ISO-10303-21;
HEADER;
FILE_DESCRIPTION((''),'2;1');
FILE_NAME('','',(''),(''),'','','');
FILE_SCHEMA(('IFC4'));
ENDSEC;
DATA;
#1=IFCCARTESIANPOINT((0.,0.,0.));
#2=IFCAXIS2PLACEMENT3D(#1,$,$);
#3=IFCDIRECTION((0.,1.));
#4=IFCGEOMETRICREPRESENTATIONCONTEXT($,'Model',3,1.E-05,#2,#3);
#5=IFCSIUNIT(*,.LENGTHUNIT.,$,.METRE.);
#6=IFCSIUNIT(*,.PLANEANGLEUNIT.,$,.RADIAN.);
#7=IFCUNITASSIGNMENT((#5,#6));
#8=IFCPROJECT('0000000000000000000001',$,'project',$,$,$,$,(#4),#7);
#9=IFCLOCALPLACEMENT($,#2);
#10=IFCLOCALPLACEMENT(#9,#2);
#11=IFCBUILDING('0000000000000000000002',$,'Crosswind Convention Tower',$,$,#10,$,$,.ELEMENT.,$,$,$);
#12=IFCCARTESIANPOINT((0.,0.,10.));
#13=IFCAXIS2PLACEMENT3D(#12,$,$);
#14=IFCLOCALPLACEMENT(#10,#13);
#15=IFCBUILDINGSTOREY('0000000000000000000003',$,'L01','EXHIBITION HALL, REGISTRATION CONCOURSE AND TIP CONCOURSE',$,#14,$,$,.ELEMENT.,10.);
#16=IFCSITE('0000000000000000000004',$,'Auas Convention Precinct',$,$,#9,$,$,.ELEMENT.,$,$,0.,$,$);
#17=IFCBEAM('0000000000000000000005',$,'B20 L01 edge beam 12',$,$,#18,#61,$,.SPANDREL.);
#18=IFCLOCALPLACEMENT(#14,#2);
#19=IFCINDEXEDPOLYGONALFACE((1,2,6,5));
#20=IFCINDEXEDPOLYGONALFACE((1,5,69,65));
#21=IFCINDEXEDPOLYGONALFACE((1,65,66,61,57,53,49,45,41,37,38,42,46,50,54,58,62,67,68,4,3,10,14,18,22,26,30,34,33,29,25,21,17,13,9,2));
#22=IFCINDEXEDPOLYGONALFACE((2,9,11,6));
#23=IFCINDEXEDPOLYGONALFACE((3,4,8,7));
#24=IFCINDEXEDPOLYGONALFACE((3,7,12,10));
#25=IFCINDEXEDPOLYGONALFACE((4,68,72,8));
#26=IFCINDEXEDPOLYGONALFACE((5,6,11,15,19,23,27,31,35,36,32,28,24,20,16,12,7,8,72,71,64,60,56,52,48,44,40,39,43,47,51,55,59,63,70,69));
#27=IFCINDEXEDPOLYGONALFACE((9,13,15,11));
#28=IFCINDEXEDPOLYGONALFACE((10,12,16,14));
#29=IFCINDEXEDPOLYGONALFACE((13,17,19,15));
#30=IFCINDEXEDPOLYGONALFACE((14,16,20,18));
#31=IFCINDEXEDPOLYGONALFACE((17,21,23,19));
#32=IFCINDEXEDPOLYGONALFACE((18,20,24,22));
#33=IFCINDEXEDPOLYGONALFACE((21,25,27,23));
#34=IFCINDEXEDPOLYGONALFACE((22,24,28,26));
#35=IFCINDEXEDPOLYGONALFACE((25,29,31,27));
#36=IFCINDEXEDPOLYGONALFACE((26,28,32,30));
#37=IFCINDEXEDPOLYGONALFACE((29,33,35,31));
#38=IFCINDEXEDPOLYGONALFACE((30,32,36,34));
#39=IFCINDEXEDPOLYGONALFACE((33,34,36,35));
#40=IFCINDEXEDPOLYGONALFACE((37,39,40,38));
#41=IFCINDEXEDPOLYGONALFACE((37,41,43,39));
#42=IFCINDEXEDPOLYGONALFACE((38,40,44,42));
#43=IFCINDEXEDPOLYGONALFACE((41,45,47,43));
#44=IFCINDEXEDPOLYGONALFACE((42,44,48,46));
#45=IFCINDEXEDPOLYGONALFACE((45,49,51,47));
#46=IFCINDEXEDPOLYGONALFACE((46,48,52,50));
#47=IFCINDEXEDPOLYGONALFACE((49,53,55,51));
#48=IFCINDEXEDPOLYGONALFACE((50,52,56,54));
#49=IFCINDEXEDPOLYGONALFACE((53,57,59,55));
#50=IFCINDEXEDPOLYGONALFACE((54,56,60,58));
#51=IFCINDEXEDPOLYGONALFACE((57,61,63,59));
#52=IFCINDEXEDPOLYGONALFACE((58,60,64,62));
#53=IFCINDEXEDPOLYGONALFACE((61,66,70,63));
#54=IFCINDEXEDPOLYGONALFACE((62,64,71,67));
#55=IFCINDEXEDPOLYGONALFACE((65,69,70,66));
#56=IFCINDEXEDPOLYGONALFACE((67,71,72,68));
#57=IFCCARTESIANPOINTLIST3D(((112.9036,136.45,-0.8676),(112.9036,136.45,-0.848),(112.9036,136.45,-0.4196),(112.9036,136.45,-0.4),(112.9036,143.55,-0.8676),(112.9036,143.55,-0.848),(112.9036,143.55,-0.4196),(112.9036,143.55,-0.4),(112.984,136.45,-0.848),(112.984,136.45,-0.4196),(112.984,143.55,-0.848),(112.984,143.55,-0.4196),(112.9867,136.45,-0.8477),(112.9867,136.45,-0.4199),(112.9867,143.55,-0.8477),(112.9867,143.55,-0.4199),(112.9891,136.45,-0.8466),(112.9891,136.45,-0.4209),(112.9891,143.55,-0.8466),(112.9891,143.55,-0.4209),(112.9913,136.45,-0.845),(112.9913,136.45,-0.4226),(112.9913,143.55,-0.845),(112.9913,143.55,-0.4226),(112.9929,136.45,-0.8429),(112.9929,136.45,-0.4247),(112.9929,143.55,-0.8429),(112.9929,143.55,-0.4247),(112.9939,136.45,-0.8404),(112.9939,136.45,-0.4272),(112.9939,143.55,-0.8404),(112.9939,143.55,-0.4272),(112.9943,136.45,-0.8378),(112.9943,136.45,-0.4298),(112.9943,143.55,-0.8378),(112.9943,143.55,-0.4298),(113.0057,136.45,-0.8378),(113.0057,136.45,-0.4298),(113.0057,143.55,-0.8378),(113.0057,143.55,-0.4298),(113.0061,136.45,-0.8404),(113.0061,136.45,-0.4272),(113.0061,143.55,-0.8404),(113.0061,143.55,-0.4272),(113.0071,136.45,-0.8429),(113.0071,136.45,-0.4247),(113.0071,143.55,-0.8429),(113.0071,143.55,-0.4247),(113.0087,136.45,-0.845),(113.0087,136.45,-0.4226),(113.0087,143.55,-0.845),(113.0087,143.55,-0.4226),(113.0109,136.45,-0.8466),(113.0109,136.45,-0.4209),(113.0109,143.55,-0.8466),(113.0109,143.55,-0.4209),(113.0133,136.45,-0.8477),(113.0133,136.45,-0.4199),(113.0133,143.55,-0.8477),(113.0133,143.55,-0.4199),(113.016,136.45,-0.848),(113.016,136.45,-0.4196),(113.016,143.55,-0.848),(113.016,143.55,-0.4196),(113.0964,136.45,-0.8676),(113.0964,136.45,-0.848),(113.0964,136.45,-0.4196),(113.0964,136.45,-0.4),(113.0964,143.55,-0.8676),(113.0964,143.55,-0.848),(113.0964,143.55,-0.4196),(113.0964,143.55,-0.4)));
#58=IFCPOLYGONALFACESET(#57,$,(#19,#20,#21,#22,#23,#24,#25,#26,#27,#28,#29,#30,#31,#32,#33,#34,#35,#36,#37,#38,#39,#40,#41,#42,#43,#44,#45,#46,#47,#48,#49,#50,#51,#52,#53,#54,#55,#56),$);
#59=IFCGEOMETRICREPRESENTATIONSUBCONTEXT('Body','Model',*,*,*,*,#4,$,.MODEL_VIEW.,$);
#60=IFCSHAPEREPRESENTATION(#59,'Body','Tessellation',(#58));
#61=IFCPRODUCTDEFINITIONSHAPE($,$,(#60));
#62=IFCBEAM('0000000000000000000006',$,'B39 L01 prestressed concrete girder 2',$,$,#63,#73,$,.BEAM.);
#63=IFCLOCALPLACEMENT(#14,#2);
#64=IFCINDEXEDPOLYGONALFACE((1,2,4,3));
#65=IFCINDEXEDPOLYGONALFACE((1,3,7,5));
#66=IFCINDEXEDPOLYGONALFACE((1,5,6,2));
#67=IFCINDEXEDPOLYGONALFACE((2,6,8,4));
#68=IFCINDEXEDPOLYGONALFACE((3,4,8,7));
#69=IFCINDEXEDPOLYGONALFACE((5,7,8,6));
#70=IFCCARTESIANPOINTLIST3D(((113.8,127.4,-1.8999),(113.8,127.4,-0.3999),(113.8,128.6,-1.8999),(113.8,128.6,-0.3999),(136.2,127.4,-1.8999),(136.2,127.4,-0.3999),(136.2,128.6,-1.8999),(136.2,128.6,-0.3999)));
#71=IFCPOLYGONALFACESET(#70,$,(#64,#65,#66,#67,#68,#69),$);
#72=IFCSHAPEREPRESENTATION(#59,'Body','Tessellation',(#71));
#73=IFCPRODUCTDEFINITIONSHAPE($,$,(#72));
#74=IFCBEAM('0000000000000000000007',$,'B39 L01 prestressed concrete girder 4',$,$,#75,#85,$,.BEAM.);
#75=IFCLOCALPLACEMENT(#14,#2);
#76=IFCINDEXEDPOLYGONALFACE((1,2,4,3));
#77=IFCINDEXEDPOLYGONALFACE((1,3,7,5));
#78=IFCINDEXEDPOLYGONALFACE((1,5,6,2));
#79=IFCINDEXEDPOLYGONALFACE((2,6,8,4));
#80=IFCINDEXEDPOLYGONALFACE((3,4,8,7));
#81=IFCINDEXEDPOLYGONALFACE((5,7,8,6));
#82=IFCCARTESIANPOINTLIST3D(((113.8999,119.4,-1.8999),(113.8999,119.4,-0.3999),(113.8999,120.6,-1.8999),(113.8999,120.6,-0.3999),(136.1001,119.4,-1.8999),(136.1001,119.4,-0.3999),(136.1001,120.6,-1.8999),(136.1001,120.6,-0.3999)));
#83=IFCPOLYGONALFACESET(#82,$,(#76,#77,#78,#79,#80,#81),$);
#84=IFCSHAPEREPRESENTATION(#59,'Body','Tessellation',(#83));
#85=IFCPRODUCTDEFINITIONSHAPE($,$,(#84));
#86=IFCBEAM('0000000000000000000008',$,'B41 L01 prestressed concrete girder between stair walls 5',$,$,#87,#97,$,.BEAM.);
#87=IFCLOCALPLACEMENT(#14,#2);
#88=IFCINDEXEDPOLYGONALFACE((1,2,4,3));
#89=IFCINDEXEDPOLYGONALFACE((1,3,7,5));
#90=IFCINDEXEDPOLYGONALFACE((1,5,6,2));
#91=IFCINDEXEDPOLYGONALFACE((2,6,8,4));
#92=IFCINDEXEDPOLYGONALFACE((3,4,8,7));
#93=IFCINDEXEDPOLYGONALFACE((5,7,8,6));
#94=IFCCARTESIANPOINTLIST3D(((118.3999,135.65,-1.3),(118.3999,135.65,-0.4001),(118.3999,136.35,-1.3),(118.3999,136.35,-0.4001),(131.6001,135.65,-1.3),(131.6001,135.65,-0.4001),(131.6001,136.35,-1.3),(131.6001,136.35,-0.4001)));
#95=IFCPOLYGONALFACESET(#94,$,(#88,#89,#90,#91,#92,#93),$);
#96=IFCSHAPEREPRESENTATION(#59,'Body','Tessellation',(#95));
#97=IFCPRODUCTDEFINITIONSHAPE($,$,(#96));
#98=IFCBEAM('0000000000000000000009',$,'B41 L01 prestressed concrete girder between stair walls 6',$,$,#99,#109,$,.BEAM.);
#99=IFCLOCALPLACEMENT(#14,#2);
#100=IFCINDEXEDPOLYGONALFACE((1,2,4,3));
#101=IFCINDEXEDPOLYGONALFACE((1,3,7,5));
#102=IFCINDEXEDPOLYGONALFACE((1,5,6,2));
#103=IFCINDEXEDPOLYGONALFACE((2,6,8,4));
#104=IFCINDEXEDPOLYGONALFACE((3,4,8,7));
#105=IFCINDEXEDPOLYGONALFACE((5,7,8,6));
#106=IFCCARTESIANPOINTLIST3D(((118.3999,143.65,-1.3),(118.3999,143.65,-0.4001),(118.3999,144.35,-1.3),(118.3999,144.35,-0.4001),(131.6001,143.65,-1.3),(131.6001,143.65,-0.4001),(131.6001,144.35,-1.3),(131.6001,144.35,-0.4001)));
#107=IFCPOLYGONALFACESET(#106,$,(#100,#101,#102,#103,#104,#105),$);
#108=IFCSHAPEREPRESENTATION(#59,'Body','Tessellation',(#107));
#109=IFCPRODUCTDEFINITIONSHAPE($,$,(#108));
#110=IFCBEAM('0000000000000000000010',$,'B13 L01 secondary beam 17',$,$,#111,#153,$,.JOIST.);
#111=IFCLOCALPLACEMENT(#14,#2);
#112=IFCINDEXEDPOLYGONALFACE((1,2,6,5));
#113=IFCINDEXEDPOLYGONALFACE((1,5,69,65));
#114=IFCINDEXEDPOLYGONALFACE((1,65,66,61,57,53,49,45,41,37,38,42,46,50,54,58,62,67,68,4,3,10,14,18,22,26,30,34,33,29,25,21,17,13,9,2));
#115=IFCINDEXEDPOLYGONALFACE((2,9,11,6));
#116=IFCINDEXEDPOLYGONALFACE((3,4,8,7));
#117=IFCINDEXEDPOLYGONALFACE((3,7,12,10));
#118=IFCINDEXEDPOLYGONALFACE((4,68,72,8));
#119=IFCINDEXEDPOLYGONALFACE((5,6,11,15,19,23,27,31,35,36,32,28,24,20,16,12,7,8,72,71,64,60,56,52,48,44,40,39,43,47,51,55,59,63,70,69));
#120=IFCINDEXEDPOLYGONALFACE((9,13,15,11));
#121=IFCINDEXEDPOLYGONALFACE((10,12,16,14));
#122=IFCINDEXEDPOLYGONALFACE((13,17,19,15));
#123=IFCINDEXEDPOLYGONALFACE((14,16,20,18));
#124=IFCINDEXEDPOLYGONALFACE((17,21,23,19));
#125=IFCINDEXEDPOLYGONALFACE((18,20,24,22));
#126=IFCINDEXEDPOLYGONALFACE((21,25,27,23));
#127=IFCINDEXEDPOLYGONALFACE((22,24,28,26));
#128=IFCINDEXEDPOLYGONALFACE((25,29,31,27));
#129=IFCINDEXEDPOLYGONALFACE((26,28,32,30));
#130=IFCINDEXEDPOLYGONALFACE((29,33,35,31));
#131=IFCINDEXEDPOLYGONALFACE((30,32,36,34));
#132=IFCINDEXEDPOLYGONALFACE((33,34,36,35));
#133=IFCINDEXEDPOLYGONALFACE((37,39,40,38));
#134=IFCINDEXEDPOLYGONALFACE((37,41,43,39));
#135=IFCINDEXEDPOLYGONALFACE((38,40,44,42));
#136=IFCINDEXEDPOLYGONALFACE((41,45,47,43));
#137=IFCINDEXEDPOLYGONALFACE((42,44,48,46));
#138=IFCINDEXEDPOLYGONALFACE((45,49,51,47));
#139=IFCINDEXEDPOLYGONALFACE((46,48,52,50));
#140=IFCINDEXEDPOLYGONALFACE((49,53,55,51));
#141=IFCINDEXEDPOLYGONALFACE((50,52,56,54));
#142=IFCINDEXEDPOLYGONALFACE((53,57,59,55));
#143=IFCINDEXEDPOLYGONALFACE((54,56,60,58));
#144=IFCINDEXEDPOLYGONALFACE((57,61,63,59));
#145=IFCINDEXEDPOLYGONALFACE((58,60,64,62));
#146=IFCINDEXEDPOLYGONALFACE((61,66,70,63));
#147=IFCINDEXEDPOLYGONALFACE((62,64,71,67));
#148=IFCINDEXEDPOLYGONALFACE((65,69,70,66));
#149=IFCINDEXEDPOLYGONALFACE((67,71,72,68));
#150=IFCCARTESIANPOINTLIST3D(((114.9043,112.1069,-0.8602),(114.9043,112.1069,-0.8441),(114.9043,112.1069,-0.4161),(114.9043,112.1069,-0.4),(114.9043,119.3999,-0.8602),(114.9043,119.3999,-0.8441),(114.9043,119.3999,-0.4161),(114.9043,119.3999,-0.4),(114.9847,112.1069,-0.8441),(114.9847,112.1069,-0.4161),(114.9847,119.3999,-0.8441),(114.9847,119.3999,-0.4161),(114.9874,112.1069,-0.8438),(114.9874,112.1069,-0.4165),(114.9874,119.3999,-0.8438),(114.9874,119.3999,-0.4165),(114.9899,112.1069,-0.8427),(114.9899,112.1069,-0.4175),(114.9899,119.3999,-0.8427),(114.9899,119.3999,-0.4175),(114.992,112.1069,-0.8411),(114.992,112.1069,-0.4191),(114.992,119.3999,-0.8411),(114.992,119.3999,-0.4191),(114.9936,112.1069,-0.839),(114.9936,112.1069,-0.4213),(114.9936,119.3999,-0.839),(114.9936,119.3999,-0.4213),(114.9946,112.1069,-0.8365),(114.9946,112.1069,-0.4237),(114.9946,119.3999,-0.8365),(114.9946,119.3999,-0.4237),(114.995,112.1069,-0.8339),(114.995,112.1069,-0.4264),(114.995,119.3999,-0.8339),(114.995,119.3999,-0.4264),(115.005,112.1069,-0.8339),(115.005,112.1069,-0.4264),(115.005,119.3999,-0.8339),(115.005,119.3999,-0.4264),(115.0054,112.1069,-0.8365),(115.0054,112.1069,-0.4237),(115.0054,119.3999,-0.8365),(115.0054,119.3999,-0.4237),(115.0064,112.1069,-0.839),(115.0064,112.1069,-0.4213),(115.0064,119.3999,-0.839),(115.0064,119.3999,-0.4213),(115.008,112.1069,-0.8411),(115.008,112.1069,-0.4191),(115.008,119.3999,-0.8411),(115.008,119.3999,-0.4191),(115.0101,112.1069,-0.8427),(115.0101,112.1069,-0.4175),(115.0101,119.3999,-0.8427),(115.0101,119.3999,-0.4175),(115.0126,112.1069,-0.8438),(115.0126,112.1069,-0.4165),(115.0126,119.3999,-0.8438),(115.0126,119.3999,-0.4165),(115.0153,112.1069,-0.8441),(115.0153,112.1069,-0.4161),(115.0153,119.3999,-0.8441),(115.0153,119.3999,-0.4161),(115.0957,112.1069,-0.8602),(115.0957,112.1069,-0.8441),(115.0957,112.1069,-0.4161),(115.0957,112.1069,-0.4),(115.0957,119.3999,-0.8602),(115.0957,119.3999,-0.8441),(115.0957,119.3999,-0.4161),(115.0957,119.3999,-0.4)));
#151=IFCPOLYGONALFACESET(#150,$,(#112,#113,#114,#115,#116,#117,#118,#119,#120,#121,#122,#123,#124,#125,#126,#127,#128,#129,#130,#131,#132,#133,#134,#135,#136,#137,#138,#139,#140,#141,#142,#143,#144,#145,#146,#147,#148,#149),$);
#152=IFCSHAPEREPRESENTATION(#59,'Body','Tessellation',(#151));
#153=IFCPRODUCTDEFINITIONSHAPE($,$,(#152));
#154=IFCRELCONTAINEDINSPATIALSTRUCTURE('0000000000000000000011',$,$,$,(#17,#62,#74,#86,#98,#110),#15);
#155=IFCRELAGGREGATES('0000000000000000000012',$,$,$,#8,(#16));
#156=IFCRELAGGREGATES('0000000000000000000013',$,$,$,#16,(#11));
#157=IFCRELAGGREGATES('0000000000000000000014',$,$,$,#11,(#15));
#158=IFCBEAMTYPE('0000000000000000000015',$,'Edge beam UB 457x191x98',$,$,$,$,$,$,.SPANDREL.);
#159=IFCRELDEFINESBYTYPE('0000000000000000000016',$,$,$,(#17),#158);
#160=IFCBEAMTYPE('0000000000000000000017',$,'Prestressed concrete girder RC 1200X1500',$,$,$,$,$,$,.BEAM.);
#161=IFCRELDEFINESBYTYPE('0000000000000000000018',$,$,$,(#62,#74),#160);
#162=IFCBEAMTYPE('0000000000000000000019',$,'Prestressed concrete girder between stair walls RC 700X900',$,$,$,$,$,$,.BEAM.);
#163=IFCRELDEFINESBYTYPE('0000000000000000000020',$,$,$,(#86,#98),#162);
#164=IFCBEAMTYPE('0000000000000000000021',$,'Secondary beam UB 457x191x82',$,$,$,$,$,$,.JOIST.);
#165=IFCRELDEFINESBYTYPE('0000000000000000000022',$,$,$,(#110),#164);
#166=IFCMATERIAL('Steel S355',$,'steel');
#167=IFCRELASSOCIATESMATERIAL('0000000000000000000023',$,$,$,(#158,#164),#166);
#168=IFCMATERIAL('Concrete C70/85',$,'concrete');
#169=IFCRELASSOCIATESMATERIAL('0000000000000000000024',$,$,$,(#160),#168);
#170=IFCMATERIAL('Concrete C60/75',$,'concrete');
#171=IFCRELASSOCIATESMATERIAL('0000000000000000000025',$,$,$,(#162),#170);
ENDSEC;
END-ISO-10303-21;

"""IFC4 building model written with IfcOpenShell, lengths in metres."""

from ifc_helpers import new_model, si_unit, direction, frame, origin, origin_2d, place, context, subcontext, project, spatial, rectangle, i_section, extrude, material, material_profile, profile_set, type_object, element, save


model = new_model("IFC4")

# Units and contexts
model_context = context("Model", 3, precision=1e-05, world=origin(), true_north=direction((0.0, 1.0)))
body_context = subcontext(model_context, "Body", "Model", "MODEL_VIEW")
ifc_project = project(units=[si_unit("LENGTHUNIT", "METRE"), si_unit("PLANEANGLEUNIT", "RADIAN")], contexts=[model_context])

# Site, building, storey
site_placement = place(None, origin())
site = spatial("IfcSite", under=ifc_project, at=site_placement, Name="Auas Convention Precinct", CompositionType="ELEMENT", RefElevation=0.0)
building_placement = place(site_placement, origin())
building = spatial("IfcBuilding", under=site, at=building_placement, Name="Crosswind Convention Tower", CompositionType="ELEMENT")
storey_placement = place(building_placement, frame((0.0, 0.0, 10.0)))
storey = spatial("IfcBuildingStorey", under=building, at=storey_placement, Name="L01", Description="EXHIBITION HALL, REGISTRATION CONCOURSE AND TIP CONCOURSE", CompositionType="ELEMENT", Elevation=10.0)

# Shared definitions
ifc_material_1 = material(Name="Concrete C70/85", Category="concrete")
ifc_material_2 = material(Name="Concrete C60/75", Category="concrete")

# Beams
ifc_material_3 = material(Name="Steel S355", Category="steel")
ifc_material_profile_1 = material_profile(ifc_material_3, i_section(OverallWidth=0.1929, OverallDepth=0.4675, WebThickness=0.0115, FlangeThickness=0.0195, FilletRadius=0.0103, at=origin_2d()), Name="UB 457x191x98")
ifc_profile_set_1 = profile_set([ifc_material_profile_1], Name="Steel S355")
beam_type_1 = type_object("IfcBeamType", Name="Edge beam UB 457x191x98", PredefinedType="SPANDREL", material=ifc_profile_set_1)
beam_1_placement = place(storey_placement, frame((113.0, 136.45, -0.6338), z_axis=(0.0, 1.0, 0.0), x_axis=(-1.0, 0.0, 0.0)))
element("IfcBeam", 1, at=beam_1_placement, inside=storey, type_object=beam_type_1, Name="B20 L01 edge beam 12", PredefinedType="SPANDREL", context=body_context, shape_type="SweptSolid", body=[
    extrude(i_section(OverallWidth=0.1929, OverallDepth=0.4675, WebThickness=0.0115, FlangeThickness=0.0195, FilletRadius=0.0103, at=origin_2d()), origin(), (0.0, 0.0, 1.0), 7.1001),
])
ifc_material_profile_2 = material_profile(ifc_material_1, rectangle(XDim=1.2, YDim=1.5, at=origin_2d()), Name="RC 1200X1500")
ifc_profile_set_2 = profile_set([ifc_material_profile_2], Name="Concrete C70/85")
beam_type_2 = type_object("IfcBeamType", Name="Prestressed concrete girder RC 1200X1500", PredefinedType="BEAM", material=ifc_profile_set_2)
beam_2_placement = place(storey_placement, frame((113.8, 128.0, -1.1499), z_axis=(1.0, 0.0, 0.0), x_axis=(0.0, 1.0, 0.0)))
element("IfcBeam", 2, at=beam_2_placement, inside=storey, type_object=beam_type_2, Name="B39 L01 prestressed concrete girder 2", PredefinedType="BEAM", context=body_context, shape_type="SweptSolid", body=[
    extrude(rectangle(XDim=1.2, YDim=1.5, at=origin_2d()), origin(), (0.0, 0.0, 1.0), 22.3999),
])
beam_3_placement = place(storey_placement, frame((113.8999, 120.0, -1.1499), z_axis=(1.0, 0.0, 0.0), x_axis=(0.0, 1.0, 0.0)))
element("IfcBeam", 3, at=beam_3_placement, inside=storey, type_object=beam_type_2, Name="B39 L01 prestressed concrete girder 4", PredefinedType="BEAM", context=body_context, shape_type="SweptSolid", body=[
    extrude(rectangle(XDim=1.2, YDim=1.5, at=origin_2d()), origin(), (0.0, 0.0, 1.0), 22.2002),
])
ifc_material_profile_3 = material_profile(ifc_material_2, rectangle(XDim=0.7, YDim=0.8999, at=origin_2d()), Name="RC 700X900")
ifc_profile_set_3 = profile_set([ifc_material_profile_3], Name="Concrete C60/75")
beam_type_3 = type_object("IfcBeamType", Name="Prestressed concrete girder between stair walls RC 700X900", PredefinedType="BEAM", material=ifc_profile_set_3)
for number, where, z_axis, x_axis, name in (
    (4, (118.3999, 136.0, -0.8501), (1.0, 0.0, 0.0), (0.0, 1.0, 0.0), "B41 L01 prestressed concrete girder between stair walls 5"),
    (5, (118.3999, 144.0, -0.8501), (1.0, 0.0, 0.0), (0.0, 1.0, 0.0), "B41 L01 prestressed concrete girder between stair walls 6"),
):
    element("IfcBeam", number, at=place(storey_placement, frame(where, z_axis=z_axis, x_axis=x_axis)), inside=storey, type_object=beam_type_3, Name=name, PredefinedType="BEAM", context=body_context, shape_type="SweptSolid", body=[
        extrude(rectangle(XDim=0.7, YDim=0.8999, at=origin_2d()), origin(), (0.0, 0.0, 1.0), 13.2002),
    ])
ifc_material_profile_4 = material_profile(ifc_material_3, i_section(OverallWidth=0.1914, OverallDepth=0.4602, WebThickness=0.01, FlangeThickness=0.0161, FilletRadius=0.0103, at=origin_2d()), Name="UB 457x191x82")
ifc_profile_set_4 = profile_set([ifc_material_profile_4], Name="Steel S355")
beam_type_4 = type_object("IfcBeamType", Name="Secondary beam UB 457x191x82", PredefinedType="JOIST", material=ifc_profile_set_4)
beam_4_placement = place(storey_placement, frame((115.0, 112.1069, -0.6301), z_axis=(0.0, 1.0, 0.0), x_axis=(-1.0, 0.0, 0.0)))
element("IfcBeam", 6, at=beam_4_placement, inside=storey, type_object=beam_type_4, Name="B13 L01 secondary beam 17", PredefinedType="JOIST", context=body_context, shape_type="SweptSolid", body=[
    extrude(i_section(OverallWidth=0.1914, OverallDepth=0.4602, WebThickness=0.01, FlangeThickness=0.0161, FilletRadius=0.0103, at=origin_2d()), origin(), (0.0, 0.0, 1.0), 7.293),
])

save(model, "model.ifc")
